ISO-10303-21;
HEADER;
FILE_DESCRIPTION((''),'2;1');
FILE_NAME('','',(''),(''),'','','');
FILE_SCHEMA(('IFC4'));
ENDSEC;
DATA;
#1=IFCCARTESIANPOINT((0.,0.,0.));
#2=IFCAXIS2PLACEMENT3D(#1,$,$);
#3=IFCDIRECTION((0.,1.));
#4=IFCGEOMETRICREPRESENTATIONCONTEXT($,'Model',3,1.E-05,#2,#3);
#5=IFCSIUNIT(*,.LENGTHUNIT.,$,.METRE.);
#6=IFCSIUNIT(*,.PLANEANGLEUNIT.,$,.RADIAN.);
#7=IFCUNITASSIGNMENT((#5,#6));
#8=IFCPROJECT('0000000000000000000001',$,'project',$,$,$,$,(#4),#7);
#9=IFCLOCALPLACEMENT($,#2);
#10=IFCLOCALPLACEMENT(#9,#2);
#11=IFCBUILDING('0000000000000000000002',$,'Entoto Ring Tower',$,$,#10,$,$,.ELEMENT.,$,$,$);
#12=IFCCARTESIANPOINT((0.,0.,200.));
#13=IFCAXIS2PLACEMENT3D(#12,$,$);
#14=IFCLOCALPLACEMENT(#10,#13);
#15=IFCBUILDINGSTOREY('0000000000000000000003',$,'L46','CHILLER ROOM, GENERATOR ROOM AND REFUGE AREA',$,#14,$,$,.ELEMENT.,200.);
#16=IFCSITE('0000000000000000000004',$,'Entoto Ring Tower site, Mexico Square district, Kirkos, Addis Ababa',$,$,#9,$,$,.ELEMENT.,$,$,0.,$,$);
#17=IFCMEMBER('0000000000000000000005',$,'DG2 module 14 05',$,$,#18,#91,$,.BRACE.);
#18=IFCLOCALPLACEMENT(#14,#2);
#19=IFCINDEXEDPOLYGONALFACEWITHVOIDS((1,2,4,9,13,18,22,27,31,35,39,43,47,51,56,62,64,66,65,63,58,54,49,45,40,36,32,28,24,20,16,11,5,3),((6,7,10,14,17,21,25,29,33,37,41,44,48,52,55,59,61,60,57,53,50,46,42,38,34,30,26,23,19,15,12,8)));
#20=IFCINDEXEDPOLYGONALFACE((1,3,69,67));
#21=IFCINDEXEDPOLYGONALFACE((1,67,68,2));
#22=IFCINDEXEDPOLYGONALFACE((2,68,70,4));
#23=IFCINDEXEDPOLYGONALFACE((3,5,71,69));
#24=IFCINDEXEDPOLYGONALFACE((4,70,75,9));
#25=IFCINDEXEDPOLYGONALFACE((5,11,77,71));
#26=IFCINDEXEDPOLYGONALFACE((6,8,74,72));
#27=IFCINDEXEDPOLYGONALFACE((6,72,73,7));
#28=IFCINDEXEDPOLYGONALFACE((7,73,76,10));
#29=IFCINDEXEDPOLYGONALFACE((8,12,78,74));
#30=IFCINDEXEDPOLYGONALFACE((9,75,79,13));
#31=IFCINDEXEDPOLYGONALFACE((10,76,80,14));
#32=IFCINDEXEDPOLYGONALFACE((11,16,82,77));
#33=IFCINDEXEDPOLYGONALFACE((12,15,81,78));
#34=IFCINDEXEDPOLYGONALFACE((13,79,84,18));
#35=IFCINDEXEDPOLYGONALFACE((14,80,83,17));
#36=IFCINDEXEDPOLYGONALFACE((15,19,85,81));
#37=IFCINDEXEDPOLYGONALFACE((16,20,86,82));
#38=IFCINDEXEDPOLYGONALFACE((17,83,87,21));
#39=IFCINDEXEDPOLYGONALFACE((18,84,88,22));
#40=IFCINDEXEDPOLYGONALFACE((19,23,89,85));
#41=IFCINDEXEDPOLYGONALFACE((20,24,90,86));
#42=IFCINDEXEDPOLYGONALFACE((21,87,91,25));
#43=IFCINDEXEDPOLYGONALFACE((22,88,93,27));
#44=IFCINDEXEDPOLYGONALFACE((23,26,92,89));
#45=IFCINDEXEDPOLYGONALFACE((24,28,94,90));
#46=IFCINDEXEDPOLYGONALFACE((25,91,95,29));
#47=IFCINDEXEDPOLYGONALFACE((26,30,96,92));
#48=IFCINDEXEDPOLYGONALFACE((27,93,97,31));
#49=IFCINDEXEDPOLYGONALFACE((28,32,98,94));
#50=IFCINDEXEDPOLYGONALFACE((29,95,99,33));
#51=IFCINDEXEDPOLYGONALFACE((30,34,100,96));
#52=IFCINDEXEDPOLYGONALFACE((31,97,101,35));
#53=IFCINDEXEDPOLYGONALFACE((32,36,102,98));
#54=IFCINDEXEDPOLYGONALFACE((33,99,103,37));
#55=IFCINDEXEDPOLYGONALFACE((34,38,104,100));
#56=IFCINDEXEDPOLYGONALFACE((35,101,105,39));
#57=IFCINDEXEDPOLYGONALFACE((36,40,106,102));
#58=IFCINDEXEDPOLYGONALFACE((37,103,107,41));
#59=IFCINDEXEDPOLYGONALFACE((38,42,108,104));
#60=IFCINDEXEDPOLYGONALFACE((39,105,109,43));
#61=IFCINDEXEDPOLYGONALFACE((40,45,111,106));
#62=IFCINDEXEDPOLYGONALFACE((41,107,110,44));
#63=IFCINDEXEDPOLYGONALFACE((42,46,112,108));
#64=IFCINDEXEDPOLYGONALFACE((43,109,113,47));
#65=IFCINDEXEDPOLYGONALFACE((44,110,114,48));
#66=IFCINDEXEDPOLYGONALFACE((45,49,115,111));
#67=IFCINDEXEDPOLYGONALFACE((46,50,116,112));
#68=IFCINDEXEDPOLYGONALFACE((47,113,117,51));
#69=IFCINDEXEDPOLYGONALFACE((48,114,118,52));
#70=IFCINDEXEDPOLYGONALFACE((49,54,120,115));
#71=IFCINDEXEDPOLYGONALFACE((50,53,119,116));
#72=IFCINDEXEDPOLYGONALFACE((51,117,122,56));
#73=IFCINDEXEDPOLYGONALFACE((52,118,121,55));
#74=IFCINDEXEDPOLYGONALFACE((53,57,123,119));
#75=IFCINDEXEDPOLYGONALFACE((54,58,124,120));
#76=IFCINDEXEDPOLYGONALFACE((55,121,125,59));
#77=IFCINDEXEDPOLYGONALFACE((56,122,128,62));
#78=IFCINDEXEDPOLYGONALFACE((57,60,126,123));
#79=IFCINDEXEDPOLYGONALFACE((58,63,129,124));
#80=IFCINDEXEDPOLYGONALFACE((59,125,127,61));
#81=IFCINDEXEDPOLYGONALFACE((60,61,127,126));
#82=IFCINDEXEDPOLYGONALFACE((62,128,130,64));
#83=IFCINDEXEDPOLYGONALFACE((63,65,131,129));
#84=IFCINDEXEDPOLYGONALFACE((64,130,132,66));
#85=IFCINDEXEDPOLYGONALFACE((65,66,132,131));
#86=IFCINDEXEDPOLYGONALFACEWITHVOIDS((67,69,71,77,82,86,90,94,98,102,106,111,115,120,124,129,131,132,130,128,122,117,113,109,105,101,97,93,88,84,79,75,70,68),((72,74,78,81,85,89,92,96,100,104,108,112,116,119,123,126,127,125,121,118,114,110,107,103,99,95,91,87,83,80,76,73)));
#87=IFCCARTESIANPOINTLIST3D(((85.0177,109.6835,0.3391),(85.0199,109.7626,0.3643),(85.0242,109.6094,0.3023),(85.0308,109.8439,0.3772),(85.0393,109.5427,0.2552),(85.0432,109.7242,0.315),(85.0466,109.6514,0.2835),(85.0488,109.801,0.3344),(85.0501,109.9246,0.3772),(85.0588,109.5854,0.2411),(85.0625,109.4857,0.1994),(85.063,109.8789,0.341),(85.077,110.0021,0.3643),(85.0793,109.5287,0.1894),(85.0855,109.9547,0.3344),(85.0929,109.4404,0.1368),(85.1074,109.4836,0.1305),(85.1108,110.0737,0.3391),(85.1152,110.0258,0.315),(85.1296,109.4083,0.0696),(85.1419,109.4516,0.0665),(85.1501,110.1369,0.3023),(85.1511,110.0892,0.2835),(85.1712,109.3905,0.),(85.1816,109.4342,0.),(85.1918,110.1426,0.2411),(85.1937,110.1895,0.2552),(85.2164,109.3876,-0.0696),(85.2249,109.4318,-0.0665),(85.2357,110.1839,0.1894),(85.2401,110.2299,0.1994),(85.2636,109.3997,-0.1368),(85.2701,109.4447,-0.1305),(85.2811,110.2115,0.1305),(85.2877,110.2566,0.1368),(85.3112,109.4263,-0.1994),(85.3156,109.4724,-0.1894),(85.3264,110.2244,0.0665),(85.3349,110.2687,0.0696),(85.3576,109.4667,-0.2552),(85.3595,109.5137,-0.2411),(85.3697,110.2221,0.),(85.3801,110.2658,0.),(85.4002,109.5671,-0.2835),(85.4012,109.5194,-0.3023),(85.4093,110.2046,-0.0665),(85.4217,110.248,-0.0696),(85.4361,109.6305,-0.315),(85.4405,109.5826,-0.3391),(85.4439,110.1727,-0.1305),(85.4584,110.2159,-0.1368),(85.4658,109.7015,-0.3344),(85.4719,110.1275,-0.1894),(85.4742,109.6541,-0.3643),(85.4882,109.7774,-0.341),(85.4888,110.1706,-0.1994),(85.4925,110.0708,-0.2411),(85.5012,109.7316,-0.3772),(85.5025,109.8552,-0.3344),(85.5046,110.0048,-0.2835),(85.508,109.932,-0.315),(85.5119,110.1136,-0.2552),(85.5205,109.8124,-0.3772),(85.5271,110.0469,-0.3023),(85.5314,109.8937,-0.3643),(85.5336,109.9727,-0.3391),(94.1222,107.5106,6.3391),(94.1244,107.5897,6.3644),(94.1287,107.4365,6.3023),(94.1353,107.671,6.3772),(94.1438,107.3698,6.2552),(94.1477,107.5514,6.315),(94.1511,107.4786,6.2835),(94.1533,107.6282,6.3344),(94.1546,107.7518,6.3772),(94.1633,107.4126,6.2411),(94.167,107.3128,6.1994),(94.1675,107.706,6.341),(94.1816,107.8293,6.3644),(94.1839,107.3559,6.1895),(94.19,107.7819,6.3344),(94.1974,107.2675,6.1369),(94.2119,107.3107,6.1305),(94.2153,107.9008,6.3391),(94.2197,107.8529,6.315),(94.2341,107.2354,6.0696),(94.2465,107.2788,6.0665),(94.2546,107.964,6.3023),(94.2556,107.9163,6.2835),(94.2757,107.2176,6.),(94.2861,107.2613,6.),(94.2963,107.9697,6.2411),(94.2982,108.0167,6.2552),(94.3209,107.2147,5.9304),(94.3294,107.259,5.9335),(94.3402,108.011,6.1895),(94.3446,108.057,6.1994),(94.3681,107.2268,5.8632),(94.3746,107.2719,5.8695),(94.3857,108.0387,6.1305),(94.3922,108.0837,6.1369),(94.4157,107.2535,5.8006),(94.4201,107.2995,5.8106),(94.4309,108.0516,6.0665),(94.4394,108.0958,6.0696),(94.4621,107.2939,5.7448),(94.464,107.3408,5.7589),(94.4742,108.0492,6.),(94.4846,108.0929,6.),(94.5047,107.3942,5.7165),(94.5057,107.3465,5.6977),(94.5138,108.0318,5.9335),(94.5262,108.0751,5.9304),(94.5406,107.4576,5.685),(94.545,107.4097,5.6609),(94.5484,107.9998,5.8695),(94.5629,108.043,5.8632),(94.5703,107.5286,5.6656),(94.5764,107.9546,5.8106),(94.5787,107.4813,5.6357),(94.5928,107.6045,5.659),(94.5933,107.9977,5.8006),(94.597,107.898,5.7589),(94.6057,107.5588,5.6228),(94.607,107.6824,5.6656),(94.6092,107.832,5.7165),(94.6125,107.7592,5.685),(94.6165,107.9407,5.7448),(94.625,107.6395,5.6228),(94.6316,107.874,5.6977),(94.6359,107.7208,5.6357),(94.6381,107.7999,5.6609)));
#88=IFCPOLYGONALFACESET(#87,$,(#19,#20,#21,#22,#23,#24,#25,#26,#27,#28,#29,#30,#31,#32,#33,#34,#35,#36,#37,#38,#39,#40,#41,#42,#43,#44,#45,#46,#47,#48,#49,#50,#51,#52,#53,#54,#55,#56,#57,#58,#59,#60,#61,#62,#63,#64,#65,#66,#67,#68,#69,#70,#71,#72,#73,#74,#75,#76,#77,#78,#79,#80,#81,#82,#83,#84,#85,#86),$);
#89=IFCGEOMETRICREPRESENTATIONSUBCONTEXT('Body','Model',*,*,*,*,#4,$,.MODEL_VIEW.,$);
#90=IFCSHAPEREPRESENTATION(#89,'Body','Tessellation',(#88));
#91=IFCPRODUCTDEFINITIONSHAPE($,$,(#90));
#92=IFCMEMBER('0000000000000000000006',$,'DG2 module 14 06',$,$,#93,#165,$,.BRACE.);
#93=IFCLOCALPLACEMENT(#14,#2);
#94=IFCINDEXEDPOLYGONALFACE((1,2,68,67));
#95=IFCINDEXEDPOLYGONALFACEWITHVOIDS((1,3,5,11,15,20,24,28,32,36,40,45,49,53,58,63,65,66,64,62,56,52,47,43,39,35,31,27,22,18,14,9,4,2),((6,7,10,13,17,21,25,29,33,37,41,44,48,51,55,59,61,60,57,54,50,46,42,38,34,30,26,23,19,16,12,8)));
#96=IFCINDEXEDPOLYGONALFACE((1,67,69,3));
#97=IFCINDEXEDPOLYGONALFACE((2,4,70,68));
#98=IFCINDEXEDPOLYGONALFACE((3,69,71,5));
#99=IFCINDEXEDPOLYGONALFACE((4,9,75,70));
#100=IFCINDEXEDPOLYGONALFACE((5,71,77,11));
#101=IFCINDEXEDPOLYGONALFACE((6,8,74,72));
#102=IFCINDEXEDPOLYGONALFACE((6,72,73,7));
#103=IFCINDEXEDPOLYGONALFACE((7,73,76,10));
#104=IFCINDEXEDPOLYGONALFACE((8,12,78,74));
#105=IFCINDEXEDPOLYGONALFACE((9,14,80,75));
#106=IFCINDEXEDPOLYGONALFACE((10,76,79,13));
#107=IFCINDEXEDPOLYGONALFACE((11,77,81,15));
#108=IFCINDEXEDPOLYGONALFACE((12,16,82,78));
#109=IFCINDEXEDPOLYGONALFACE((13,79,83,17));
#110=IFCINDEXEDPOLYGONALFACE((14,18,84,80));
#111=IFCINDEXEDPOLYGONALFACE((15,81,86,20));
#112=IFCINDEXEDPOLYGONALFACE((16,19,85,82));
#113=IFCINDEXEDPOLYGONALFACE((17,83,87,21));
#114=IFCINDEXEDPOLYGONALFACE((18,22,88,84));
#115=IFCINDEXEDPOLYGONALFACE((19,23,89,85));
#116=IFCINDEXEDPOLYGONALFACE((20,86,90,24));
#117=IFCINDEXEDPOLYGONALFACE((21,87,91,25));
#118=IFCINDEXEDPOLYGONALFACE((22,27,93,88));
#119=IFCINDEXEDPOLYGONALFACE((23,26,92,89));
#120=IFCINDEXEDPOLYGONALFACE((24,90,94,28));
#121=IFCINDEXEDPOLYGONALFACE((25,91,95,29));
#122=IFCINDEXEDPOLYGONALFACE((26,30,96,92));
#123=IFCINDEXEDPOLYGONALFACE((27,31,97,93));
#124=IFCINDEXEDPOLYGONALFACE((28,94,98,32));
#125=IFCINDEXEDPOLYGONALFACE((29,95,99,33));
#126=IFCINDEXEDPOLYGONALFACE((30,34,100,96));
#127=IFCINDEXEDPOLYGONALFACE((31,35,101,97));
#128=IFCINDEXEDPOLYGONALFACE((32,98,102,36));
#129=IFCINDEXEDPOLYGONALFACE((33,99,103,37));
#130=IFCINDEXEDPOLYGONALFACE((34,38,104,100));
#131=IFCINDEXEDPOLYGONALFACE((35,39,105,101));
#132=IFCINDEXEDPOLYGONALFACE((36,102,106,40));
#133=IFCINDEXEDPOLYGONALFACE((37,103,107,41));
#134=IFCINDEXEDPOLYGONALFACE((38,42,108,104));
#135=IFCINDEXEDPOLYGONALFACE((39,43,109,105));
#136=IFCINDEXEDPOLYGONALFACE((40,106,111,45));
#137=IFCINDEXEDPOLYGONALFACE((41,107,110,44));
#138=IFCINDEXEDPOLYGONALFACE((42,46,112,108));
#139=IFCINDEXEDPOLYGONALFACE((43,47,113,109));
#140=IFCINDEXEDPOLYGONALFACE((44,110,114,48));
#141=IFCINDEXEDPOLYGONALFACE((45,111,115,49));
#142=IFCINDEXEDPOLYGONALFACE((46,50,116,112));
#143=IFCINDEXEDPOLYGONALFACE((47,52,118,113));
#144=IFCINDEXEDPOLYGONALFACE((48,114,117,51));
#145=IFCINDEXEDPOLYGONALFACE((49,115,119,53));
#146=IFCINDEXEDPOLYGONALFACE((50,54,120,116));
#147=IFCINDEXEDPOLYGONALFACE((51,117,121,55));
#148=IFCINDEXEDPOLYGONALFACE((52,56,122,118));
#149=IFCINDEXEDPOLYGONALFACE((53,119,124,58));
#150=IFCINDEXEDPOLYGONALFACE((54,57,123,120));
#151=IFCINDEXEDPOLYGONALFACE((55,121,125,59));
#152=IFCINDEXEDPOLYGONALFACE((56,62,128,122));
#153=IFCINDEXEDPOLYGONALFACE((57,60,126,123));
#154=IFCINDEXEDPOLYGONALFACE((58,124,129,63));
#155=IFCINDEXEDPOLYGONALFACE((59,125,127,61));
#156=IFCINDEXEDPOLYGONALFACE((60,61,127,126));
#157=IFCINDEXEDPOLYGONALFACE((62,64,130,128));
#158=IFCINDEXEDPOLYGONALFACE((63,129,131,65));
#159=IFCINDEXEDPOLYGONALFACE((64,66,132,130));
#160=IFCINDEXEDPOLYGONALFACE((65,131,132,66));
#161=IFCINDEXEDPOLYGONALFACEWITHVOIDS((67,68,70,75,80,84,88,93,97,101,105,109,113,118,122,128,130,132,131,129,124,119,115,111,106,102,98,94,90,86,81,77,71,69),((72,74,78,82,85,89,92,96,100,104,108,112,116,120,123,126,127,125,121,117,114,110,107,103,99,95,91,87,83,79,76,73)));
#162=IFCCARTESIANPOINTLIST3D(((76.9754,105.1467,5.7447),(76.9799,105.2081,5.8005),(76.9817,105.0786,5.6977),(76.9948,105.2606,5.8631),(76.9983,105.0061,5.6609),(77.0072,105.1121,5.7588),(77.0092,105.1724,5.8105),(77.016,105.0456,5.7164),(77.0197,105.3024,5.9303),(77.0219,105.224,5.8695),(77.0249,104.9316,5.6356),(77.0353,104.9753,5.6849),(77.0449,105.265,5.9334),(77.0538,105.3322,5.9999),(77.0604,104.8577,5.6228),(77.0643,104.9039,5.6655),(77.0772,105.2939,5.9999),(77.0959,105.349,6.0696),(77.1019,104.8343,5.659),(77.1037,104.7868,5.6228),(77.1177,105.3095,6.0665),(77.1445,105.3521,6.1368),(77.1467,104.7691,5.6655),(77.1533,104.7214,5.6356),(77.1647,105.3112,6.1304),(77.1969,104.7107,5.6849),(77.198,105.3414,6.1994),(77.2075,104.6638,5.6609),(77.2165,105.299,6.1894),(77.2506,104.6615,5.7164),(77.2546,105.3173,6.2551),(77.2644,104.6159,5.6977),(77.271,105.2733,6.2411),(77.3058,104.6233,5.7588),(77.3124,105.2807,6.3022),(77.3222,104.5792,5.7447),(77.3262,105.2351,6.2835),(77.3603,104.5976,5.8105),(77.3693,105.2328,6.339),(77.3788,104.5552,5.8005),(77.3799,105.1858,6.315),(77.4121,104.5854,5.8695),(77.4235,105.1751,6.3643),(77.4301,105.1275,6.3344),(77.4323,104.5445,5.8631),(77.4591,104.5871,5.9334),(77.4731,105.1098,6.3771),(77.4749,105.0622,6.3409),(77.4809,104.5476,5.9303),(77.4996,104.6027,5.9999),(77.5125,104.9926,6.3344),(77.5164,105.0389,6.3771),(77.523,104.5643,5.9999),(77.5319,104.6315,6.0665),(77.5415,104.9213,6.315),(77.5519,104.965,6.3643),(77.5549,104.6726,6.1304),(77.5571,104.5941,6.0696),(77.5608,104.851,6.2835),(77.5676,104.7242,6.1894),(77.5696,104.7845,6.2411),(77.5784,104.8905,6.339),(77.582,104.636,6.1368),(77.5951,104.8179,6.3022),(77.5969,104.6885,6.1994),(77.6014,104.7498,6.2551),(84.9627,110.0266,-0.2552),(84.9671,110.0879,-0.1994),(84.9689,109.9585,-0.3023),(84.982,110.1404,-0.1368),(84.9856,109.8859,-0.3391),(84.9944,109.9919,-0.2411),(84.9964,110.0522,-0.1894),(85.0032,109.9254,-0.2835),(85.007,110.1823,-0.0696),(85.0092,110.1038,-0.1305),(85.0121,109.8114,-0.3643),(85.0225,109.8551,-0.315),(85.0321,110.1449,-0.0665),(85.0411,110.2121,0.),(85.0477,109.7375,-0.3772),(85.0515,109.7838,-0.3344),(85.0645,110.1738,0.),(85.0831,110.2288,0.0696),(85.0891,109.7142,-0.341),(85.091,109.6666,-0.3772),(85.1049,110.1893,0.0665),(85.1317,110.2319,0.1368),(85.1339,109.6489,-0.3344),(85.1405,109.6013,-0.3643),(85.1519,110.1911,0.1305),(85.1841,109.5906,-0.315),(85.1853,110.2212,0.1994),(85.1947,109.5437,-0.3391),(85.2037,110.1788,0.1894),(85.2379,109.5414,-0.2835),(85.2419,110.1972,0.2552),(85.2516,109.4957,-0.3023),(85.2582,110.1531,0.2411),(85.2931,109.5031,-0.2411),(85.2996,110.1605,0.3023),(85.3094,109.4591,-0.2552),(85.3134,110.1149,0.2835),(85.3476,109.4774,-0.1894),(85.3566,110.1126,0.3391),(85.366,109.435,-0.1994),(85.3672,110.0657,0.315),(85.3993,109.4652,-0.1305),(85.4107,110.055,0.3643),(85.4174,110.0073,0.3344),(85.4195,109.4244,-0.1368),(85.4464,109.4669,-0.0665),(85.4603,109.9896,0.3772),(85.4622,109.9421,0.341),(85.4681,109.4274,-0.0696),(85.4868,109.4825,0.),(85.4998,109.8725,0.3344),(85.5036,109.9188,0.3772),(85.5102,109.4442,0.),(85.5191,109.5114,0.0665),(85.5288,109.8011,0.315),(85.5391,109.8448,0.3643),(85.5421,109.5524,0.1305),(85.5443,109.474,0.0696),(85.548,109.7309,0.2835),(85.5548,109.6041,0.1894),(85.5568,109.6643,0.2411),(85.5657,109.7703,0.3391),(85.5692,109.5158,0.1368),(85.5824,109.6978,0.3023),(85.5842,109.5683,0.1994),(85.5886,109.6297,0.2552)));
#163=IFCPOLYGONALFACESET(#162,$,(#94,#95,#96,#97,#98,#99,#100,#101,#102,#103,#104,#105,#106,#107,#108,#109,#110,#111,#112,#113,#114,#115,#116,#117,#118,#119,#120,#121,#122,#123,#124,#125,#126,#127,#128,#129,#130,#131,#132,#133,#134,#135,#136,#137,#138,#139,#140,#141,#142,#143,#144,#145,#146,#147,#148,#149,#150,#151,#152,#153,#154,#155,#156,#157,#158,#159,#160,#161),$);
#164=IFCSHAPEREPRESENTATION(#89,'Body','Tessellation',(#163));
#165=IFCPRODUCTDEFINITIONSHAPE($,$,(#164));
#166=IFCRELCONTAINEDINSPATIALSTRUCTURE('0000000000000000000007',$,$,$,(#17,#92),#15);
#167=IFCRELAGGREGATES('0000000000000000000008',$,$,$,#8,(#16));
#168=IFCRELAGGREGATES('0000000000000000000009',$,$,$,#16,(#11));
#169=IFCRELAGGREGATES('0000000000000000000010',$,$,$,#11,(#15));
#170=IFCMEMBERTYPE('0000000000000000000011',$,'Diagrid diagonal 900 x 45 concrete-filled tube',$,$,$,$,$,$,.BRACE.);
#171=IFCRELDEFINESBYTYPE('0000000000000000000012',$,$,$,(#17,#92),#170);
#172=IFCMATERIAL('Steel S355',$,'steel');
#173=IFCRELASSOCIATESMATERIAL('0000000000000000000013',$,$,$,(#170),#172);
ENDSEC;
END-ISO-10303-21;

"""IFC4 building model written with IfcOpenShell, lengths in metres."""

from ifc_helpers import new_model, si_unit, direction, frame, origin, origin_2d, place, context, subcontext, project, spatial, circle, hollow_circle, extrude, material, material_profile, profile_set, type_object, element, save


model = new_model("IFC4")

# Units and contexts
model_context = context("Model", 3, precision=1e-05, world=origin(), true_north=direction((0.0, 1.0)))
body_context = subcontext(model_context, "Body", "Model", "MODEL_VIEW")
ifc_project = project(units=[si_unit("LENGTHUNIT", "METRE"), si_unit("PLANEANGLEUNIT", "RADIAN")], contexts=[model_context])

# Site, building, storey
site_placement = place(None, origin())
site = spatial("IfcSite", under=ifc_project, at=site_placement, Name="Entoto Ring Tower site, Mexico Square district, Kirkos, Addis Ababa", CompositionType="ELEMENT", RefElevation=0.0)
building_placement = place(site_placement, origin())
building = spatial("IfcBuilding", under=site, at=building_placement, Name="Entoto Ring Tower", CompositionType="ELEMENT")
storey_placement = place(building_placement, frame((0.0, 0.0, 200.0)))
storey = spatial("IfcBuildingStorey", under=building, at=storey_placement, Name="L46", Description="CHILLER ROOM, GENERATOR ROOM AND REFUGE AREA", CompositionType="ELEMENT", Elevation=200.0)

# Members
ifc_material_1 = material(Name="Steel S355", Category="steel")
ifc_material_profile_1 = material_profile(ifc_material_1, hollow_circle(Radius=0.45, WallThickness=0.0449, at=origin_2d()), Name="CHS 900 x 45")
ifc_material_2 = material(Name="Concrete C60/75", Category="concrete")
ifc_material_profile_2 = material_profile(ifc_material_2, circle(Radius=0.405, at=origin_2d()), Name="Concrete C60/75 infill")
ifc_profile_set_1 = profile_set([ifc_material_profile_1, ifc_material_profile_2], Name="Steel S355")
member_type_1 = type_object("IfcMemberType", Name="Diagrid diagonal 900 x 45 concrete-filled tube", PredefinedType="BRACE", material=ifc_profile_set_1)
member_1_placement = place(storey_placement, frame((85.2756, 109.8281, 0.0), z_axis=(0.818886, -0.195433, 0.539659), x_axis=(0.232138, 0.972683, 0.0)))
element("IfcMember", 1, at=member_1_placement, inside=storey, type_object=member_type_1, Name="DG2 module 14 05", PredefinedType="BRACE", context=body_context, shape_type="SweptSolid", body=[
    extrude(hollow_circle(Radius=0.45, WallThickness=0.0449, at=origin_2d()), origin(), (0.0, 0.0, 1.0), 11.1182),
])
member_2_placement = place(storey_placement, frame((85.2756, 109.8281, 0.0), z_axis=(-0.718411, -0.438917, 0.539665), x_axis=(0.521353, -0.853341, 0.0)))
element("IfcMember", 2, at=member_2_placement, inside=storey, type_object=member_type_1, Name="DG2 module 14 06", PredefinedType="BRACE", context=body_context, shape_type="SweptSolid", body=[
    extrude(hollow_circle(Radius=0.45, WallThickness=0.0449, at=origin_2d()), origin(), (0.0, 0.0, 1.0), 11.1179),
])

save(model, "model.ifc")
